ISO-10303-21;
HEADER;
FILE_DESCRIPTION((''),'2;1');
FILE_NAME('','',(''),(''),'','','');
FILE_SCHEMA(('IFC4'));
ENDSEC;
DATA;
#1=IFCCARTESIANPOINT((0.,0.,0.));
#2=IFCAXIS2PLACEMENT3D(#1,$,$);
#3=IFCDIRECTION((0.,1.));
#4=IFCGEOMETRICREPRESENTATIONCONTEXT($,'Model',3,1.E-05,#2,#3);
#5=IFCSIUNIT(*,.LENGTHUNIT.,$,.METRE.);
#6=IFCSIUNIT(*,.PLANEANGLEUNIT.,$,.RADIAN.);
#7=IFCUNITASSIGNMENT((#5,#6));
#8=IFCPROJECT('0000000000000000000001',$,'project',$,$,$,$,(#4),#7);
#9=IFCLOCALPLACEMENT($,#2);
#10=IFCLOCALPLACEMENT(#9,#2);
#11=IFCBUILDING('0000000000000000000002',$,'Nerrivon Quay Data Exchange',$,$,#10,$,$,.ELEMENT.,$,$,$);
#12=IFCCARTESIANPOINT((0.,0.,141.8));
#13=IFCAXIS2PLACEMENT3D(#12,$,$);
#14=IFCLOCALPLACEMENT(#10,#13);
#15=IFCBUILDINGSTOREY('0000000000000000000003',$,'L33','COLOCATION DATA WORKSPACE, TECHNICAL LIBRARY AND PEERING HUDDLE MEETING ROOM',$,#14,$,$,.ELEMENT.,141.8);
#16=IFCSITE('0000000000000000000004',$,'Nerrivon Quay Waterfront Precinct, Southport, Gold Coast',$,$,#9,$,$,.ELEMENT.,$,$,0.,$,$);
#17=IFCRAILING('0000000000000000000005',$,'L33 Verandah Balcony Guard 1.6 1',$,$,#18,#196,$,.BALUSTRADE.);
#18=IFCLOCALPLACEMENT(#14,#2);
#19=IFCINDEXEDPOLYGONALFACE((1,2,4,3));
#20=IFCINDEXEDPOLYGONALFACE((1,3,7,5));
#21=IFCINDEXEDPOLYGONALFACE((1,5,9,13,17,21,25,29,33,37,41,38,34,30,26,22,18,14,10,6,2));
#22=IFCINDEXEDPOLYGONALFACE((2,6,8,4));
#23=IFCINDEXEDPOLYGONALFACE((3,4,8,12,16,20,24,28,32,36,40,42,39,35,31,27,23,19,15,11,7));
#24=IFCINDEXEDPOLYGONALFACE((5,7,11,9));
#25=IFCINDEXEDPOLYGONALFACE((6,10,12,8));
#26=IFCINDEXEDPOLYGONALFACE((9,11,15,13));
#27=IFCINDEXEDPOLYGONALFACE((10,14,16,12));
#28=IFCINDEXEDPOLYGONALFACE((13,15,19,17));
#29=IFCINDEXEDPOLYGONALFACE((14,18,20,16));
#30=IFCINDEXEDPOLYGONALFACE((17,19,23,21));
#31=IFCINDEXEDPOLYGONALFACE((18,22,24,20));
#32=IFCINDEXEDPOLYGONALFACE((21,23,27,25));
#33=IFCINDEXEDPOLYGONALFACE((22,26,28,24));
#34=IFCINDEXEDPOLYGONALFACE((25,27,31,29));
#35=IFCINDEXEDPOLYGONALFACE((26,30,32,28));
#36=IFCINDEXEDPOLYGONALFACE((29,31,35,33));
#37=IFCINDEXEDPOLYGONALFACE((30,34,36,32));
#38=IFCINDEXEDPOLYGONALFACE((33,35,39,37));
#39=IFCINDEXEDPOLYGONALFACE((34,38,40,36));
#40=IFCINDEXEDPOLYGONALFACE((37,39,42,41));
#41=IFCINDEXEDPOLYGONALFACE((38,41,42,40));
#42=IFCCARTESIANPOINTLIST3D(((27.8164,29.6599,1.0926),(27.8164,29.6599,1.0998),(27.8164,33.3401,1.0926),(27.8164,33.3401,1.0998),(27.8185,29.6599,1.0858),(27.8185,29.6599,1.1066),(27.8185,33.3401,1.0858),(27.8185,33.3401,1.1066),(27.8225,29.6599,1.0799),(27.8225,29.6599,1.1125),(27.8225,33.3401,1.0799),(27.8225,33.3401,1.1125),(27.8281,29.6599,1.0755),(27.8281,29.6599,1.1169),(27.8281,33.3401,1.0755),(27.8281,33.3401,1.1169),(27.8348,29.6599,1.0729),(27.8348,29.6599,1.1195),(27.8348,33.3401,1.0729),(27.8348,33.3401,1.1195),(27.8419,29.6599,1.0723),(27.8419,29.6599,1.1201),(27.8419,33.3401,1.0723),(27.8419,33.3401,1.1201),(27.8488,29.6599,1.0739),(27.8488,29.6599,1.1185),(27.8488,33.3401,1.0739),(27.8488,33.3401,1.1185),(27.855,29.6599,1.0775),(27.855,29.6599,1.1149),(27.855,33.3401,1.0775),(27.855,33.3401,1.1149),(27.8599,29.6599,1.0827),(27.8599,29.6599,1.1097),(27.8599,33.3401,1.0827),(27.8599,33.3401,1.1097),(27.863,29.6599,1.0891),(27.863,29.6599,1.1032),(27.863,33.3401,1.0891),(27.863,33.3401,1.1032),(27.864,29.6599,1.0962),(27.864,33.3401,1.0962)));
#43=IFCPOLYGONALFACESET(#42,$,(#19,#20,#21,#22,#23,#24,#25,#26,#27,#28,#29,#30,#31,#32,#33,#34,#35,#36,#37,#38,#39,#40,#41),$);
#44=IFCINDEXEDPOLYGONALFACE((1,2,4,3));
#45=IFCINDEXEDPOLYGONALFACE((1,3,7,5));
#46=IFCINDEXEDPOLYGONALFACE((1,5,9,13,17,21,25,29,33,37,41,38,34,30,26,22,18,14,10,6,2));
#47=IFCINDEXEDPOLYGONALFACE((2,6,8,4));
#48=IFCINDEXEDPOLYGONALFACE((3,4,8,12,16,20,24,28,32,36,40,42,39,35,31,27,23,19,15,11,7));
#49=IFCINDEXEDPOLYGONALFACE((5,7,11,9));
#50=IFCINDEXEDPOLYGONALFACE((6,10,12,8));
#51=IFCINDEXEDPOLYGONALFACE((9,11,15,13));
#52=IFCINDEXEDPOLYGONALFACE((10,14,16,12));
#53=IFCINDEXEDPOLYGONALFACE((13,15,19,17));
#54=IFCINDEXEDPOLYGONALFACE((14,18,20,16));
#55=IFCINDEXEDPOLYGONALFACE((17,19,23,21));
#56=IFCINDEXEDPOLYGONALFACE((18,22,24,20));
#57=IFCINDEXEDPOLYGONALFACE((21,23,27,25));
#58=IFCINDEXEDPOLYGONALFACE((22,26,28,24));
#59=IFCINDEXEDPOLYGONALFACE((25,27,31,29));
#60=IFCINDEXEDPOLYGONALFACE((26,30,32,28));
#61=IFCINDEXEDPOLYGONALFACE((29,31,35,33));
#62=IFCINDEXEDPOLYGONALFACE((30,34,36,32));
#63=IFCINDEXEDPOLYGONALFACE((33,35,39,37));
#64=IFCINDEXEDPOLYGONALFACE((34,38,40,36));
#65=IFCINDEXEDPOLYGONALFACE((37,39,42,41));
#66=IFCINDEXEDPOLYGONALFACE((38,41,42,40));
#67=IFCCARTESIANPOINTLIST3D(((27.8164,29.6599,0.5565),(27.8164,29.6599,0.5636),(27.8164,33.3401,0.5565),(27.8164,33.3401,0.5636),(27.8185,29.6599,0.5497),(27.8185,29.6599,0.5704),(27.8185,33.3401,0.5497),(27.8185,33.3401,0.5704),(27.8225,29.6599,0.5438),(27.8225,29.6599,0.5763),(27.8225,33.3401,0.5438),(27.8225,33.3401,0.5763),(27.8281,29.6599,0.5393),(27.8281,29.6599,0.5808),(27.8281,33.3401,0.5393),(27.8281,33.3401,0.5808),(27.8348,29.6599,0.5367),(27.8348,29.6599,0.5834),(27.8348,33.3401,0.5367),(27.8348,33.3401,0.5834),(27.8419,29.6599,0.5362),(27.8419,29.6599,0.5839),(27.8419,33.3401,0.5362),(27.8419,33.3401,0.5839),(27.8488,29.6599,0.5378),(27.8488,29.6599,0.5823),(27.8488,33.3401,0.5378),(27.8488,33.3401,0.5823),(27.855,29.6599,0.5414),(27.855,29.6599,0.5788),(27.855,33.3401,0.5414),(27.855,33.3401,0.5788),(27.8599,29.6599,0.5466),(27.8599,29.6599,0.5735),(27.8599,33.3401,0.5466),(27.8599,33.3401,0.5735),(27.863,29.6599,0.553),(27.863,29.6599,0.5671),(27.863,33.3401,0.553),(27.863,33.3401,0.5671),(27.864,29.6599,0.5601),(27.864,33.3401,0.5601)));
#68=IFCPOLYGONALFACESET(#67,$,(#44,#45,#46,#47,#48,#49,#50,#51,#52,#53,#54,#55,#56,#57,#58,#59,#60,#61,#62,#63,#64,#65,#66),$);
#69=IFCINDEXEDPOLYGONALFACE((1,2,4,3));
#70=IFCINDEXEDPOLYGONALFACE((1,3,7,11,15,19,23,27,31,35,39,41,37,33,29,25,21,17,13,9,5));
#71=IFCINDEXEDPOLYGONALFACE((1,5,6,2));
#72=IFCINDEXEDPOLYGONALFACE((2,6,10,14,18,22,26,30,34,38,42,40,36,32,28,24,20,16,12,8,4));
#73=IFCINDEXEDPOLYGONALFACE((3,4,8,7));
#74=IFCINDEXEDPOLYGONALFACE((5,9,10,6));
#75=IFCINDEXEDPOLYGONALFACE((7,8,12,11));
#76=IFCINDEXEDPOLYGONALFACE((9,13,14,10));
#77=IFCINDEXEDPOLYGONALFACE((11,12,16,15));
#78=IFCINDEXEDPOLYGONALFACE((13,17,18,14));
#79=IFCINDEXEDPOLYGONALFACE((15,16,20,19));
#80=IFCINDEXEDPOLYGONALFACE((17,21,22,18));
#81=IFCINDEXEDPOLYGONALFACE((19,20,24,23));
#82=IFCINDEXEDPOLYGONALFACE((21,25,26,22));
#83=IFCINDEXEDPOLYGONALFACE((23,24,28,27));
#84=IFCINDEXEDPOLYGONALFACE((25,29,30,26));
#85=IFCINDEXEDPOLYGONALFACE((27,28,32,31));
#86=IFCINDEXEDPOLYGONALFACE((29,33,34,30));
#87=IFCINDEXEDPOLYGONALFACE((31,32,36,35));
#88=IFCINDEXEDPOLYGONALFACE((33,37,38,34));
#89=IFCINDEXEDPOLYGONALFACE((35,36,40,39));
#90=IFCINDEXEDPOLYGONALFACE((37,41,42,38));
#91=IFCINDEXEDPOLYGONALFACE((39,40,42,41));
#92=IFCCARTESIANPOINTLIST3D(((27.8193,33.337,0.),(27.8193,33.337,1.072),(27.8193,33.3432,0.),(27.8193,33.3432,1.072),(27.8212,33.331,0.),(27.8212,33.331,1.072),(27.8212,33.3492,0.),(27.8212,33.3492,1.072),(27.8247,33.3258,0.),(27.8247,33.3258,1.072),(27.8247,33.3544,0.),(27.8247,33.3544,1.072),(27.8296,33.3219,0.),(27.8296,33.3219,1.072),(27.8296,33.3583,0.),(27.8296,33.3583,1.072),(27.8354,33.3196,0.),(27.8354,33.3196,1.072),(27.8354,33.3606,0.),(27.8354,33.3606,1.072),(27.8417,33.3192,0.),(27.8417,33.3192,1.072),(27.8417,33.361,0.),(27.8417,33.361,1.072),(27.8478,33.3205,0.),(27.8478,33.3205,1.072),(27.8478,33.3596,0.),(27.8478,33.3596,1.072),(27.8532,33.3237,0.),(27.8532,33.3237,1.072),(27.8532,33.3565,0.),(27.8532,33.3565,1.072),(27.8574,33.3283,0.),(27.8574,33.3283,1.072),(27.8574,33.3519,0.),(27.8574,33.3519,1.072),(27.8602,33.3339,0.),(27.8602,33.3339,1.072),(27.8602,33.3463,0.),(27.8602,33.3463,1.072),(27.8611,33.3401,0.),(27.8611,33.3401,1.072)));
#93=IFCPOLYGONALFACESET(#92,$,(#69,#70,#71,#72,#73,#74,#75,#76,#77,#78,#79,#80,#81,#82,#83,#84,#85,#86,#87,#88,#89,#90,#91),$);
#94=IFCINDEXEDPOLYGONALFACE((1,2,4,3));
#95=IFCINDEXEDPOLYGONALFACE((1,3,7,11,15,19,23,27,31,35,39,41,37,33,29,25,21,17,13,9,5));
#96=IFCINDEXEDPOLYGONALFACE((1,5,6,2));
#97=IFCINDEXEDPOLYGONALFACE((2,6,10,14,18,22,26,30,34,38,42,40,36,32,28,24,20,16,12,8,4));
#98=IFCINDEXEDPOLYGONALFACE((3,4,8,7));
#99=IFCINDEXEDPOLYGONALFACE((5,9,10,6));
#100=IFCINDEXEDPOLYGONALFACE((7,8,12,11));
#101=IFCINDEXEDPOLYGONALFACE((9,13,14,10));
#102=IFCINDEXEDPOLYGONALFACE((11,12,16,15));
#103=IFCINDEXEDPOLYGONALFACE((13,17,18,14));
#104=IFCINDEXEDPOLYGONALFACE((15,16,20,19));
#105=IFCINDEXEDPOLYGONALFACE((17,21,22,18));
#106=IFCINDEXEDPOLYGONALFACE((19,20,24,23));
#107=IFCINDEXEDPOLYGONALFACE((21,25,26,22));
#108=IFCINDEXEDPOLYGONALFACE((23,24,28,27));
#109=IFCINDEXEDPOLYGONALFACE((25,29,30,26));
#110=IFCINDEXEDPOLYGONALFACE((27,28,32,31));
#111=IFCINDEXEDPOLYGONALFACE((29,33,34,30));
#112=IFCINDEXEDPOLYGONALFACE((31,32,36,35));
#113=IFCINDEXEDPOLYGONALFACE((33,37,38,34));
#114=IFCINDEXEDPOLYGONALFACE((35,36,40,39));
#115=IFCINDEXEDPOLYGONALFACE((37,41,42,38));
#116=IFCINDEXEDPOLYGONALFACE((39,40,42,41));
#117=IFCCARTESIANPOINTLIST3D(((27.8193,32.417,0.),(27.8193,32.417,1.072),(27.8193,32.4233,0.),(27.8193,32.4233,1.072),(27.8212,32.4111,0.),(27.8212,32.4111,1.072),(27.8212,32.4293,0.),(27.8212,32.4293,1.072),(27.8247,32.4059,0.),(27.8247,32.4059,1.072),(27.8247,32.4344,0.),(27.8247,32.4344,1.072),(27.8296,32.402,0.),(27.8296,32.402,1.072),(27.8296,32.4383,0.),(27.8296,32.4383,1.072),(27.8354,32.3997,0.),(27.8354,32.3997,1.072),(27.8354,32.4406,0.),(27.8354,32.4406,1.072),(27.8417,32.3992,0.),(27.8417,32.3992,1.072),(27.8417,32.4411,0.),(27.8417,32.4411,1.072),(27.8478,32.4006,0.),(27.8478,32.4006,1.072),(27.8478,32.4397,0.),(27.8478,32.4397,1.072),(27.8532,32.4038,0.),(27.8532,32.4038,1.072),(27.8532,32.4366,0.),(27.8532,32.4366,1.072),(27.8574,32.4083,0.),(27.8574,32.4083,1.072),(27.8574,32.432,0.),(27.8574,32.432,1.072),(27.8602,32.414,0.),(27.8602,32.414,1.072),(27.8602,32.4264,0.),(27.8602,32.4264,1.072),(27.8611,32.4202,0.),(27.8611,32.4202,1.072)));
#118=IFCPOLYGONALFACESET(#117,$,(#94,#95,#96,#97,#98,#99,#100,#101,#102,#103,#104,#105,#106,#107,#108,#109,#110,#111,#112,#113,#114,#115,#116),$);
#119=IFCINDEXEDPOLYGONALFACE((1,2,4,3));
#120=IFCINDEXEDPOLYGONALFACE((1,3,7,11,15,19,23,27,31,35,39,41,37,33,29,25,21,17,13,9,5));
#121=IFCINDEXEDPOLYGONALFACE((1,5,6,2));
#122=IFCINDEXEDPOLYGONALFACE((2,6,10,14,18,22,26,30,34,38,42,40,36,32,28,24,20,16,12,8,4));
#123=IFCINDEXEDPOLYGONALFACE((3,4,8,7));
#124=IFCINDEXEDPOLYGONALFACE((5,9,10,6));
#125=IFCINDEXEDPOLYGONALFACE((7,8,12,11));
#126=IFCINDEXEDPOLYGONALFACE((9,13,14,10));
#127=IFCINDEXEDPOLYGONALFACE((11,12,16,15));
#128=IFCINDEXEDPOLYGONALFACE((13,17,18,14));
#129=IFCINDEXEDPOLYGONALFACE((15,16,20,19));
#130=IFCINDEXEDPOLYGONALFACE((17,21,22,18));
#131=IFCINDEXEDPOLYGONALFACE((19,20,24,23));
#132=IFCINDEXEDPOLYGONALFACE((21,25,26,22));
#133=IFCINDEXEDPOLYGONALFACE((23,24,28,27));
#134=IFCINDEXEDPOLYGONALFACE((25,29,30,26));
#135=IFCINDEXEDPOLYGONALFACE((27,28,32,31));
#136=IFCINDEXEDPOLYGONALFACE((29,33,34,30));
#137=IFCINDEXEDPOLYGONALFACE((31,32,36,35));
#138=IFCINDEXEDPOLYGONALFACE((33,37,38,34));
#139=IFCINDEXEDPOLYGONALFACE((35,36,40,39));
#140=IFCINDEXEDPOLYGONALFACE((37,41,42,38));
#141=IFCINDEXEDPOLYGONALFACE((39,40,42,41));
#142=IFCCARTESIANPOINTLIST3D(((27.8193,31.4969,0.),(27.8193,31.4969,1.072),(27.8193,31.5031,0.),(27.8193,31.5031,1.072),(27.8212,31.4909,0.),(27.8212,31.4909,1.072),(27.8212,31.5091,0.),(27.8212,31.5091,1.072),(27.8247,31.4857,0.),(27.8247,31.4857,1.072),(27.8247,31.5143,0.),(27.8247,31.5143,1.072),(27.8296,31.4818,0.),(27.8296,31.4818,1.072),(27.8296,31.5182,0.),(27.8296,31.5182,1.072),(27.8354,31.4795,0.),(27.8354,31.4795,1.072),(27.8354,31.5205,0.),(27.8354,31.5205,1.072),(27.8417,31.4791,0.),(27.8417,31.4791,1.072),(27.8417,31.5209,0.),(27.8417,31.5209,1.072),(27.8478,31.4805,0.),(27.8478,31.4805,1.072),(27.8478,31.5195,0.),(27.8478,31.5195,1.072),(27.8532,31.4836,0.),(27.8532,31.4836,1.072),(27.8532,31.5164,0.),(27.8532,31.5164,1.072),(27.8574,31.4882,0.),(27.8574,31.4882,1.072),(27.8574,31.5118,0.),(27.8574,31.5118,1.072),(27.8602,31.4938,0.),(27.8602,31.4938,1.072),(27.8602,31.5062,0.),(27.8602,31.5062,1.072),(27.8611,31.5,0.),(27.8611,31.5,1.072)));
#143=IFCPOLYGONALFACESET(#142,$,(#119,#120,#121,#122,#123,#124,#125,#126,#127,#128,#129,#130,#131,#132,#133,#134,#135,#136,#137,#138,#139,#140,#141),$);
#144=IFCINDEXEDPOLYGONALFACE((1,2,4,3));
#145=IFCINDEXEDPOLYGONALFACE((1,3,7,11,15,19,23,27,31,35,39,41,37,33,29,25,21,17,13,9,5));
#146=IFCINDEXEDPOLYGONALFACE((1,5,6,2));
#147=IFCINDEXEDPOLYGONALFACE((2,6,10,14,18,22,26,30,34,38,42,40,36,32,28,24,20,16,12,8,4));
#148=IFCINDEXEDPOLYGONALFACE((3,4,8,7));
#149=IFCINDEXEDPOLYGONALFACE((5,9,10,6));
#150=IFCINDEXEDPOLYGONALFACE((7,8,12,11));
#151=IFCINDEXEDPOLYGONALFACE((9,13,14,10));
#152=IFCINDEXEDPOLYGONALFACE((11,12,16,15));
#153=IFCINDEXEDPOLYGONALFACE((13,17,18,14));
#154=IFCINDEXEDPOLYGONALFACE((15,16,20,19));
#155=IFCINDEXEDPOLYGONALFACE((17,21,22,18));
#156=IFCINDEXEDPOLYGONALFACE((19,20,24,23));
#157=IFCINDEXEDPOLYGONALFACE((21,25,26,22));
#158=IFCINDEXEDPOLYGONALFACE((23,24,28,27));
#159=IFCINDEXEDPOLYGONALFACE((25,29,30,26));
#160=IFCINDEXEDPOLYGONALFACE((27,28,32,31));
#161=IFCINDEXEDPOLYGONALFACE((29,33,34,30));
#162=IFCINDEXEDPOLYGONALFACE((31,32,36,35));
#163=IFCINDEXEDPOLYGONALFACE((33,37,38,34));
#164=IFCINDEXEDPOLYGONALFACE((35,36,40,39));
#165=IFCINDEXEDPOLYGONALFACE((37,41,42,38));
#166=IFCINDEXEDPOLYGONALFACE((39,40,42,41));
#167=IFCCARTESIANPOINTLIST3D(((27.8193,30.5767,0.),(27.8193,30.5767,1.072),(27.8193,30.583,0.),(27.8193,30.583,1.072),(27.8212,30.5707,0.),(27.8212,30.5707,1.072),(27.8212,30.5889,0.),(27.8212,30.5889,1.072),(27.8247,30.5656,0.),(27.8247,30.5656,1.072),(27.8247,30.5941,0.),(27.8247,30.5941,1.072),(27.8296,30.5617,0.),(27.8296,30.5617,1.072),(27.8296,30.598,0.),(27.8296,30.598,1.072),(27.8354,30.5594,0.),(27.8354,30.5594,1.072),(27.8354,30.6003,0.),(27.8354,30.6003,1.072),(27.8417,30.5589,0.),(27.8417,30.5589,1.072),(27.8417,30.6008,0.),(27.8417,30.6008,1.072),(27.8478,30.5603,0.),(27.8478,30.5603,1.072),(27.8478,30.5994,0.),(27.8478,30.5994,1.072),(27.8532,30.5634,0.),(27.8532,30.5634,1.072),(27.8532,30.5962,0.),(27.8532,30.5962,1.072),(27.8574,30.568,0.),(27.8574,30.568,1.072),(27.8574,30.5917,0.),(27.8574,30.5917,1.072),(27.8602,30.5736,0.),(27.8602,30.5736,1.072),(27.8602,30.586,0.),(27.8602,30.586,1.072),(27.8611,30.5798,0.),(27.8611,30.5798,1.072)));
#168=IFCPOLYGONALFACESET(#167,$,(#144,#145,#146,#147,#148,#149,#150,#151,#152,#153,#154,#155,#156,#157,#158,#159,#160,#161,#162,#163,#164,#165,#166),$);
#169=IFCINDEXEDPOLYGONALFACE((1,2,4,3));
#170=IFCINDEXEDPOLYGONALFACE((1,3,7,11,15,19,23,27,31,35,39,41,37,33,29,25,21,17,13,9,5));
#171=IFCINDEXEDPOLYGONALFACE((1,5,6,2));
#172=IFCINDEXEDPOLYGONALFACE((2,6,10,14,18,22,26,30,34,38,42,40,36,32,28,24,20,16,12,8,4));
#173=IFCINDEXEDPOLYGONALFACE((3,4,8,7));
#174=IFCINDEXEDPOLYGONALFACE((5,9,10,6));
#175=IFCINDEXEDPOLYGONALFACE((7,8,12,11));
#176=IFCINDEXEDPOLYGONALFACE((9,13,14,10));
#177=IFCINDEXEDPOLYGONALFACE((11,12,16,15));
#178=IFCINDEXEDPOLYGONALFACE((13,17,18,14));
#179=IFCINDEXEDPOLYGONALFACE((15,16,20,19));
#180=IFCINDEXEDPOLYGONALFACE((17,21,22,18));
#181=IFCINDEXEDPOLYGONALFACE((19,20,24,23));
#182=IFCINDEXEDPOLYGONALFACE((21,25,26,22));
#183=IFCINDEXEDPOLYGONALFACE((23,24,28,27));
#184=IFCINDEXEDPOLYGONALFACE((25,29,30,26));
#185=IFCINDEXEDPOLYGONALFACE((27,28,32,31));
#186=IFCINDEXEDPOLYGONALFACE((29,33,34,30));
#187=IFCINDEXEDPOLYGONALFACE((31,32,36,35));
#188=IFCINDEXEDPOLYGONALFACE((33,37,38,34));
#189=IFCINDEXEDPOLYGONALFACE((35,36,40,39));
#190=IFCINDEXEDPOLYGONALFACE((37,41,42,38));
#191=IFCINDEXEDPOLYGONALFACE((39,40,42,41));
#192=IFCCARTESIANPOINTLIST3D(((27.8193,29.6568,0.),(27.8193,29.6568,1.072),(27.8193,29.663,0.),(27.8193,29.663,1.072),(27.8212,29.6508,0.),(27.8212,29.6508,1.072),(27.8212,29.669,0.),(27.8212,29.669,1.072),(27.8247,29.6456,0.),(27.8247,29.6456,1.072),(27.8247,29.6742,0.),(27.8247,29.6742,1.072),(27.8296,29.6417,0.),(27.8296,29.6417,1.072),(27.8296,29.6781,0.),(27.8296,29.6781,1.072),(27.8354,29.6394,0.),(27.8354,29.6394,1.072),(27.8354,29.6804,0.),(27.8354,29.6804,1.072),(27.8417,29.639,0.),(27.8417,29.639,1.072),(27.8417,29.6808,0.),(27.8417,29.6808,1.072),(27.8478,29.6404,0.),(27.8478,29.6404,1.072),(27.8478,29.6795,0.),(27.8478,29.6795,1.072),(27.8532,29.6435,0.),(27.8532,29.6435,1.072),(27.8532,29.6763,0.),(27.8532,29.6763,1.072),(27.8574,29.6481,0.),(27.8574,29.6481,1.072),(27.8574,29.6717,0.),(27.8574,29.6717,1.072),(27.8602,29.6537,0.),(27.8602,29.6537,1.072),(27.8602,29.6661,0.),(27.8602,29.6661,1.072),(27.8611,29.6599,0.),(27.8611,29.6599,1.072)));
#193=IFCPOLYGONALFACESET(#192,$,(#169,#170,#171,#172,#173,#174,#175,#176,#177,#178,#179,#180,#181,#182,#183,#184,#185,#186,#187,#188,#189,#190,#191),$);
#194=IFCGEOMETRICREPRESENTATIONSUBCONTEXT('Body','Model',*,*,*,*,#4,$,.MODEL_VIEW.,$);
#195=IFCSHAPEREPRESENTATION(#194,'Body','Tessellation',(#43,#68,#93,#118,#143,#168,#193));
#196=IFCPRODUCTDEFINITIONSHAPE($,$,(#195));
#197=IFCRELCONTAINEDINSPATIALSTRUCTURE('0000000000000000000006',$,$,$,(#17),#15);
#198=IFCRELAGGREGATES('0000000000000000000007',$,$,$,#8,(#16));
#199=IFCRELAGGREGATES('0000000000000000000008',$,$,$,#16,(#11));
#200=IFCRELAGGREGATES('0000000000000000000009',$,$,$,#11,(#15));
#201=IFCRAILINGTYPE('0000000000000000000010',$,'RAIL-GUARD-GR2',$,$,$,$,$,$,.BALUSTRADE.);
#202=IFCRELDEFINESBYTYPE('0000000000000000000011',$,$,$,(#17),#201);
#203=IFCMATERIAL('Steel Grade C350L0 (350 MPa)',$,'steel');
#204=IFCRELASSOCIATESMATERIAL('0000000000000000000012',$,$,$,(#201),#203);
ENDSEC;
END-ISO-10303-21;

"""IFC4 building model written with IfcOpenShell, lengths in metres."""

from ifc_helpers import new_model, si_unit, direction, frame, origin, origin_2d, place, context, subcontext, project, spatial, circle, extrude, material, type_object, element, save


model = new_model("IFC4")

# Units and contexts
model_context = context("Model", 3, precision=1e-05, world=origin(), true_north=direction((0.0, 1.0)))
body_context = subcontext(model_context, "Body", "Model", "MODEL_VIEW")
ifc_project = project(units=[si_unit("LENGTHUNIT", "METRE"), si_unit("PLANEANGLEUNIT", "RADIAN")], contexts=[model_context])

# Site, building, storey
site_placement = place(None, origin())
site = spatial("IfcSite", under=ifc_project, at=site_placement, Name="Nerrivon Quay Waterfront Precinct, Southport, Gold Coast", CompositionType="ELEMENT", RefElevation=0.0)
building_placement = place(site_placement, origin())
building = spatial("IfcBuilding", under=site, at=building_placement, Name="Nerrivon Quay Data Exchange", CompositionType="ELEMENT")
storey_placement = place(building_placement, frame((0.0, 0.0, 141.8)))
storey = spatial("IfcBuildingStorey", under=building, at=storey_placement, Name="L33", Description="COLOCATION DATA WORKSPACE, TECHNICAL LIBRARY AND PEERING HUDDLE MEETING ROOM", CompositionType="ELEMENT", Elevation=141.8)

# Railing
ifc_material_1 = material(Name="Steel Grade C350L0 (350 MPa)", Category="steel")
railing_type = type_object("IfcRailingType", Name="RAIL-GUARD-GR2", PredefinedType="BALUSTRADE", material=ifc_material_1)
railing_1_placement = place(storey_placement, frame((27.8401, 33.3401, 0.0)))
element("IfcRailing", 1, at=railing_1_placement, inside=storey, type_object=railing_type, Name="L33 Verandah Balcony Guard 1.6 1", PredefinedType="BALUSTRADE", context=body_context, shape_type="SweptSolid", body=[
    extrude(circle(Radius=0.0239, at=origin_2d()), frame((0.0, 0.0, 1.0962), z_axis=(0.0, -1.0, 0.0), x_axis=(1.0, 0.0, 0.0)), (0.0, 0.0, 1.0), 3.6802),
    extrude(circle(Radius=0.0239, at=origin_2d()), frame((0.0, 0.0, 0.5601), z_axis=(0.0, -1.0, 0.0), x_axis=(1.0, 0.0, 0.0)), (0.0, 0.0, 1.0), 3.6802),
    extrude(circle(Radius=0.021, at=origin_2d()), origin(), (0.0, 0.0, 1.0), 1.072),
    extrude(circle(Radius=0.021, at=origin_2d()), frame((0.0, -0.9199, 0.0)), (0.0, 0.0, 1.0), 1.072),
    extrude(circle(Radius=0.021, at=origin_2d()), frame((0.0, -1.8401, 0.0)), (0.0, 0.0, 1.0), 1.072),
    extrude(circle(Radius=0.021, at=origin_2d()), frame((0.0, -2.7603, 0.0)), (0.0, 0.0, 1.0), 1.072),
    extrude(circle(Radius=0.021, at=origin_2d()), frame((0.0, -3.6802, 0.0)), (0.0, 0.0, 1.0), 1.072),
])

save(model, "model.ifc")
